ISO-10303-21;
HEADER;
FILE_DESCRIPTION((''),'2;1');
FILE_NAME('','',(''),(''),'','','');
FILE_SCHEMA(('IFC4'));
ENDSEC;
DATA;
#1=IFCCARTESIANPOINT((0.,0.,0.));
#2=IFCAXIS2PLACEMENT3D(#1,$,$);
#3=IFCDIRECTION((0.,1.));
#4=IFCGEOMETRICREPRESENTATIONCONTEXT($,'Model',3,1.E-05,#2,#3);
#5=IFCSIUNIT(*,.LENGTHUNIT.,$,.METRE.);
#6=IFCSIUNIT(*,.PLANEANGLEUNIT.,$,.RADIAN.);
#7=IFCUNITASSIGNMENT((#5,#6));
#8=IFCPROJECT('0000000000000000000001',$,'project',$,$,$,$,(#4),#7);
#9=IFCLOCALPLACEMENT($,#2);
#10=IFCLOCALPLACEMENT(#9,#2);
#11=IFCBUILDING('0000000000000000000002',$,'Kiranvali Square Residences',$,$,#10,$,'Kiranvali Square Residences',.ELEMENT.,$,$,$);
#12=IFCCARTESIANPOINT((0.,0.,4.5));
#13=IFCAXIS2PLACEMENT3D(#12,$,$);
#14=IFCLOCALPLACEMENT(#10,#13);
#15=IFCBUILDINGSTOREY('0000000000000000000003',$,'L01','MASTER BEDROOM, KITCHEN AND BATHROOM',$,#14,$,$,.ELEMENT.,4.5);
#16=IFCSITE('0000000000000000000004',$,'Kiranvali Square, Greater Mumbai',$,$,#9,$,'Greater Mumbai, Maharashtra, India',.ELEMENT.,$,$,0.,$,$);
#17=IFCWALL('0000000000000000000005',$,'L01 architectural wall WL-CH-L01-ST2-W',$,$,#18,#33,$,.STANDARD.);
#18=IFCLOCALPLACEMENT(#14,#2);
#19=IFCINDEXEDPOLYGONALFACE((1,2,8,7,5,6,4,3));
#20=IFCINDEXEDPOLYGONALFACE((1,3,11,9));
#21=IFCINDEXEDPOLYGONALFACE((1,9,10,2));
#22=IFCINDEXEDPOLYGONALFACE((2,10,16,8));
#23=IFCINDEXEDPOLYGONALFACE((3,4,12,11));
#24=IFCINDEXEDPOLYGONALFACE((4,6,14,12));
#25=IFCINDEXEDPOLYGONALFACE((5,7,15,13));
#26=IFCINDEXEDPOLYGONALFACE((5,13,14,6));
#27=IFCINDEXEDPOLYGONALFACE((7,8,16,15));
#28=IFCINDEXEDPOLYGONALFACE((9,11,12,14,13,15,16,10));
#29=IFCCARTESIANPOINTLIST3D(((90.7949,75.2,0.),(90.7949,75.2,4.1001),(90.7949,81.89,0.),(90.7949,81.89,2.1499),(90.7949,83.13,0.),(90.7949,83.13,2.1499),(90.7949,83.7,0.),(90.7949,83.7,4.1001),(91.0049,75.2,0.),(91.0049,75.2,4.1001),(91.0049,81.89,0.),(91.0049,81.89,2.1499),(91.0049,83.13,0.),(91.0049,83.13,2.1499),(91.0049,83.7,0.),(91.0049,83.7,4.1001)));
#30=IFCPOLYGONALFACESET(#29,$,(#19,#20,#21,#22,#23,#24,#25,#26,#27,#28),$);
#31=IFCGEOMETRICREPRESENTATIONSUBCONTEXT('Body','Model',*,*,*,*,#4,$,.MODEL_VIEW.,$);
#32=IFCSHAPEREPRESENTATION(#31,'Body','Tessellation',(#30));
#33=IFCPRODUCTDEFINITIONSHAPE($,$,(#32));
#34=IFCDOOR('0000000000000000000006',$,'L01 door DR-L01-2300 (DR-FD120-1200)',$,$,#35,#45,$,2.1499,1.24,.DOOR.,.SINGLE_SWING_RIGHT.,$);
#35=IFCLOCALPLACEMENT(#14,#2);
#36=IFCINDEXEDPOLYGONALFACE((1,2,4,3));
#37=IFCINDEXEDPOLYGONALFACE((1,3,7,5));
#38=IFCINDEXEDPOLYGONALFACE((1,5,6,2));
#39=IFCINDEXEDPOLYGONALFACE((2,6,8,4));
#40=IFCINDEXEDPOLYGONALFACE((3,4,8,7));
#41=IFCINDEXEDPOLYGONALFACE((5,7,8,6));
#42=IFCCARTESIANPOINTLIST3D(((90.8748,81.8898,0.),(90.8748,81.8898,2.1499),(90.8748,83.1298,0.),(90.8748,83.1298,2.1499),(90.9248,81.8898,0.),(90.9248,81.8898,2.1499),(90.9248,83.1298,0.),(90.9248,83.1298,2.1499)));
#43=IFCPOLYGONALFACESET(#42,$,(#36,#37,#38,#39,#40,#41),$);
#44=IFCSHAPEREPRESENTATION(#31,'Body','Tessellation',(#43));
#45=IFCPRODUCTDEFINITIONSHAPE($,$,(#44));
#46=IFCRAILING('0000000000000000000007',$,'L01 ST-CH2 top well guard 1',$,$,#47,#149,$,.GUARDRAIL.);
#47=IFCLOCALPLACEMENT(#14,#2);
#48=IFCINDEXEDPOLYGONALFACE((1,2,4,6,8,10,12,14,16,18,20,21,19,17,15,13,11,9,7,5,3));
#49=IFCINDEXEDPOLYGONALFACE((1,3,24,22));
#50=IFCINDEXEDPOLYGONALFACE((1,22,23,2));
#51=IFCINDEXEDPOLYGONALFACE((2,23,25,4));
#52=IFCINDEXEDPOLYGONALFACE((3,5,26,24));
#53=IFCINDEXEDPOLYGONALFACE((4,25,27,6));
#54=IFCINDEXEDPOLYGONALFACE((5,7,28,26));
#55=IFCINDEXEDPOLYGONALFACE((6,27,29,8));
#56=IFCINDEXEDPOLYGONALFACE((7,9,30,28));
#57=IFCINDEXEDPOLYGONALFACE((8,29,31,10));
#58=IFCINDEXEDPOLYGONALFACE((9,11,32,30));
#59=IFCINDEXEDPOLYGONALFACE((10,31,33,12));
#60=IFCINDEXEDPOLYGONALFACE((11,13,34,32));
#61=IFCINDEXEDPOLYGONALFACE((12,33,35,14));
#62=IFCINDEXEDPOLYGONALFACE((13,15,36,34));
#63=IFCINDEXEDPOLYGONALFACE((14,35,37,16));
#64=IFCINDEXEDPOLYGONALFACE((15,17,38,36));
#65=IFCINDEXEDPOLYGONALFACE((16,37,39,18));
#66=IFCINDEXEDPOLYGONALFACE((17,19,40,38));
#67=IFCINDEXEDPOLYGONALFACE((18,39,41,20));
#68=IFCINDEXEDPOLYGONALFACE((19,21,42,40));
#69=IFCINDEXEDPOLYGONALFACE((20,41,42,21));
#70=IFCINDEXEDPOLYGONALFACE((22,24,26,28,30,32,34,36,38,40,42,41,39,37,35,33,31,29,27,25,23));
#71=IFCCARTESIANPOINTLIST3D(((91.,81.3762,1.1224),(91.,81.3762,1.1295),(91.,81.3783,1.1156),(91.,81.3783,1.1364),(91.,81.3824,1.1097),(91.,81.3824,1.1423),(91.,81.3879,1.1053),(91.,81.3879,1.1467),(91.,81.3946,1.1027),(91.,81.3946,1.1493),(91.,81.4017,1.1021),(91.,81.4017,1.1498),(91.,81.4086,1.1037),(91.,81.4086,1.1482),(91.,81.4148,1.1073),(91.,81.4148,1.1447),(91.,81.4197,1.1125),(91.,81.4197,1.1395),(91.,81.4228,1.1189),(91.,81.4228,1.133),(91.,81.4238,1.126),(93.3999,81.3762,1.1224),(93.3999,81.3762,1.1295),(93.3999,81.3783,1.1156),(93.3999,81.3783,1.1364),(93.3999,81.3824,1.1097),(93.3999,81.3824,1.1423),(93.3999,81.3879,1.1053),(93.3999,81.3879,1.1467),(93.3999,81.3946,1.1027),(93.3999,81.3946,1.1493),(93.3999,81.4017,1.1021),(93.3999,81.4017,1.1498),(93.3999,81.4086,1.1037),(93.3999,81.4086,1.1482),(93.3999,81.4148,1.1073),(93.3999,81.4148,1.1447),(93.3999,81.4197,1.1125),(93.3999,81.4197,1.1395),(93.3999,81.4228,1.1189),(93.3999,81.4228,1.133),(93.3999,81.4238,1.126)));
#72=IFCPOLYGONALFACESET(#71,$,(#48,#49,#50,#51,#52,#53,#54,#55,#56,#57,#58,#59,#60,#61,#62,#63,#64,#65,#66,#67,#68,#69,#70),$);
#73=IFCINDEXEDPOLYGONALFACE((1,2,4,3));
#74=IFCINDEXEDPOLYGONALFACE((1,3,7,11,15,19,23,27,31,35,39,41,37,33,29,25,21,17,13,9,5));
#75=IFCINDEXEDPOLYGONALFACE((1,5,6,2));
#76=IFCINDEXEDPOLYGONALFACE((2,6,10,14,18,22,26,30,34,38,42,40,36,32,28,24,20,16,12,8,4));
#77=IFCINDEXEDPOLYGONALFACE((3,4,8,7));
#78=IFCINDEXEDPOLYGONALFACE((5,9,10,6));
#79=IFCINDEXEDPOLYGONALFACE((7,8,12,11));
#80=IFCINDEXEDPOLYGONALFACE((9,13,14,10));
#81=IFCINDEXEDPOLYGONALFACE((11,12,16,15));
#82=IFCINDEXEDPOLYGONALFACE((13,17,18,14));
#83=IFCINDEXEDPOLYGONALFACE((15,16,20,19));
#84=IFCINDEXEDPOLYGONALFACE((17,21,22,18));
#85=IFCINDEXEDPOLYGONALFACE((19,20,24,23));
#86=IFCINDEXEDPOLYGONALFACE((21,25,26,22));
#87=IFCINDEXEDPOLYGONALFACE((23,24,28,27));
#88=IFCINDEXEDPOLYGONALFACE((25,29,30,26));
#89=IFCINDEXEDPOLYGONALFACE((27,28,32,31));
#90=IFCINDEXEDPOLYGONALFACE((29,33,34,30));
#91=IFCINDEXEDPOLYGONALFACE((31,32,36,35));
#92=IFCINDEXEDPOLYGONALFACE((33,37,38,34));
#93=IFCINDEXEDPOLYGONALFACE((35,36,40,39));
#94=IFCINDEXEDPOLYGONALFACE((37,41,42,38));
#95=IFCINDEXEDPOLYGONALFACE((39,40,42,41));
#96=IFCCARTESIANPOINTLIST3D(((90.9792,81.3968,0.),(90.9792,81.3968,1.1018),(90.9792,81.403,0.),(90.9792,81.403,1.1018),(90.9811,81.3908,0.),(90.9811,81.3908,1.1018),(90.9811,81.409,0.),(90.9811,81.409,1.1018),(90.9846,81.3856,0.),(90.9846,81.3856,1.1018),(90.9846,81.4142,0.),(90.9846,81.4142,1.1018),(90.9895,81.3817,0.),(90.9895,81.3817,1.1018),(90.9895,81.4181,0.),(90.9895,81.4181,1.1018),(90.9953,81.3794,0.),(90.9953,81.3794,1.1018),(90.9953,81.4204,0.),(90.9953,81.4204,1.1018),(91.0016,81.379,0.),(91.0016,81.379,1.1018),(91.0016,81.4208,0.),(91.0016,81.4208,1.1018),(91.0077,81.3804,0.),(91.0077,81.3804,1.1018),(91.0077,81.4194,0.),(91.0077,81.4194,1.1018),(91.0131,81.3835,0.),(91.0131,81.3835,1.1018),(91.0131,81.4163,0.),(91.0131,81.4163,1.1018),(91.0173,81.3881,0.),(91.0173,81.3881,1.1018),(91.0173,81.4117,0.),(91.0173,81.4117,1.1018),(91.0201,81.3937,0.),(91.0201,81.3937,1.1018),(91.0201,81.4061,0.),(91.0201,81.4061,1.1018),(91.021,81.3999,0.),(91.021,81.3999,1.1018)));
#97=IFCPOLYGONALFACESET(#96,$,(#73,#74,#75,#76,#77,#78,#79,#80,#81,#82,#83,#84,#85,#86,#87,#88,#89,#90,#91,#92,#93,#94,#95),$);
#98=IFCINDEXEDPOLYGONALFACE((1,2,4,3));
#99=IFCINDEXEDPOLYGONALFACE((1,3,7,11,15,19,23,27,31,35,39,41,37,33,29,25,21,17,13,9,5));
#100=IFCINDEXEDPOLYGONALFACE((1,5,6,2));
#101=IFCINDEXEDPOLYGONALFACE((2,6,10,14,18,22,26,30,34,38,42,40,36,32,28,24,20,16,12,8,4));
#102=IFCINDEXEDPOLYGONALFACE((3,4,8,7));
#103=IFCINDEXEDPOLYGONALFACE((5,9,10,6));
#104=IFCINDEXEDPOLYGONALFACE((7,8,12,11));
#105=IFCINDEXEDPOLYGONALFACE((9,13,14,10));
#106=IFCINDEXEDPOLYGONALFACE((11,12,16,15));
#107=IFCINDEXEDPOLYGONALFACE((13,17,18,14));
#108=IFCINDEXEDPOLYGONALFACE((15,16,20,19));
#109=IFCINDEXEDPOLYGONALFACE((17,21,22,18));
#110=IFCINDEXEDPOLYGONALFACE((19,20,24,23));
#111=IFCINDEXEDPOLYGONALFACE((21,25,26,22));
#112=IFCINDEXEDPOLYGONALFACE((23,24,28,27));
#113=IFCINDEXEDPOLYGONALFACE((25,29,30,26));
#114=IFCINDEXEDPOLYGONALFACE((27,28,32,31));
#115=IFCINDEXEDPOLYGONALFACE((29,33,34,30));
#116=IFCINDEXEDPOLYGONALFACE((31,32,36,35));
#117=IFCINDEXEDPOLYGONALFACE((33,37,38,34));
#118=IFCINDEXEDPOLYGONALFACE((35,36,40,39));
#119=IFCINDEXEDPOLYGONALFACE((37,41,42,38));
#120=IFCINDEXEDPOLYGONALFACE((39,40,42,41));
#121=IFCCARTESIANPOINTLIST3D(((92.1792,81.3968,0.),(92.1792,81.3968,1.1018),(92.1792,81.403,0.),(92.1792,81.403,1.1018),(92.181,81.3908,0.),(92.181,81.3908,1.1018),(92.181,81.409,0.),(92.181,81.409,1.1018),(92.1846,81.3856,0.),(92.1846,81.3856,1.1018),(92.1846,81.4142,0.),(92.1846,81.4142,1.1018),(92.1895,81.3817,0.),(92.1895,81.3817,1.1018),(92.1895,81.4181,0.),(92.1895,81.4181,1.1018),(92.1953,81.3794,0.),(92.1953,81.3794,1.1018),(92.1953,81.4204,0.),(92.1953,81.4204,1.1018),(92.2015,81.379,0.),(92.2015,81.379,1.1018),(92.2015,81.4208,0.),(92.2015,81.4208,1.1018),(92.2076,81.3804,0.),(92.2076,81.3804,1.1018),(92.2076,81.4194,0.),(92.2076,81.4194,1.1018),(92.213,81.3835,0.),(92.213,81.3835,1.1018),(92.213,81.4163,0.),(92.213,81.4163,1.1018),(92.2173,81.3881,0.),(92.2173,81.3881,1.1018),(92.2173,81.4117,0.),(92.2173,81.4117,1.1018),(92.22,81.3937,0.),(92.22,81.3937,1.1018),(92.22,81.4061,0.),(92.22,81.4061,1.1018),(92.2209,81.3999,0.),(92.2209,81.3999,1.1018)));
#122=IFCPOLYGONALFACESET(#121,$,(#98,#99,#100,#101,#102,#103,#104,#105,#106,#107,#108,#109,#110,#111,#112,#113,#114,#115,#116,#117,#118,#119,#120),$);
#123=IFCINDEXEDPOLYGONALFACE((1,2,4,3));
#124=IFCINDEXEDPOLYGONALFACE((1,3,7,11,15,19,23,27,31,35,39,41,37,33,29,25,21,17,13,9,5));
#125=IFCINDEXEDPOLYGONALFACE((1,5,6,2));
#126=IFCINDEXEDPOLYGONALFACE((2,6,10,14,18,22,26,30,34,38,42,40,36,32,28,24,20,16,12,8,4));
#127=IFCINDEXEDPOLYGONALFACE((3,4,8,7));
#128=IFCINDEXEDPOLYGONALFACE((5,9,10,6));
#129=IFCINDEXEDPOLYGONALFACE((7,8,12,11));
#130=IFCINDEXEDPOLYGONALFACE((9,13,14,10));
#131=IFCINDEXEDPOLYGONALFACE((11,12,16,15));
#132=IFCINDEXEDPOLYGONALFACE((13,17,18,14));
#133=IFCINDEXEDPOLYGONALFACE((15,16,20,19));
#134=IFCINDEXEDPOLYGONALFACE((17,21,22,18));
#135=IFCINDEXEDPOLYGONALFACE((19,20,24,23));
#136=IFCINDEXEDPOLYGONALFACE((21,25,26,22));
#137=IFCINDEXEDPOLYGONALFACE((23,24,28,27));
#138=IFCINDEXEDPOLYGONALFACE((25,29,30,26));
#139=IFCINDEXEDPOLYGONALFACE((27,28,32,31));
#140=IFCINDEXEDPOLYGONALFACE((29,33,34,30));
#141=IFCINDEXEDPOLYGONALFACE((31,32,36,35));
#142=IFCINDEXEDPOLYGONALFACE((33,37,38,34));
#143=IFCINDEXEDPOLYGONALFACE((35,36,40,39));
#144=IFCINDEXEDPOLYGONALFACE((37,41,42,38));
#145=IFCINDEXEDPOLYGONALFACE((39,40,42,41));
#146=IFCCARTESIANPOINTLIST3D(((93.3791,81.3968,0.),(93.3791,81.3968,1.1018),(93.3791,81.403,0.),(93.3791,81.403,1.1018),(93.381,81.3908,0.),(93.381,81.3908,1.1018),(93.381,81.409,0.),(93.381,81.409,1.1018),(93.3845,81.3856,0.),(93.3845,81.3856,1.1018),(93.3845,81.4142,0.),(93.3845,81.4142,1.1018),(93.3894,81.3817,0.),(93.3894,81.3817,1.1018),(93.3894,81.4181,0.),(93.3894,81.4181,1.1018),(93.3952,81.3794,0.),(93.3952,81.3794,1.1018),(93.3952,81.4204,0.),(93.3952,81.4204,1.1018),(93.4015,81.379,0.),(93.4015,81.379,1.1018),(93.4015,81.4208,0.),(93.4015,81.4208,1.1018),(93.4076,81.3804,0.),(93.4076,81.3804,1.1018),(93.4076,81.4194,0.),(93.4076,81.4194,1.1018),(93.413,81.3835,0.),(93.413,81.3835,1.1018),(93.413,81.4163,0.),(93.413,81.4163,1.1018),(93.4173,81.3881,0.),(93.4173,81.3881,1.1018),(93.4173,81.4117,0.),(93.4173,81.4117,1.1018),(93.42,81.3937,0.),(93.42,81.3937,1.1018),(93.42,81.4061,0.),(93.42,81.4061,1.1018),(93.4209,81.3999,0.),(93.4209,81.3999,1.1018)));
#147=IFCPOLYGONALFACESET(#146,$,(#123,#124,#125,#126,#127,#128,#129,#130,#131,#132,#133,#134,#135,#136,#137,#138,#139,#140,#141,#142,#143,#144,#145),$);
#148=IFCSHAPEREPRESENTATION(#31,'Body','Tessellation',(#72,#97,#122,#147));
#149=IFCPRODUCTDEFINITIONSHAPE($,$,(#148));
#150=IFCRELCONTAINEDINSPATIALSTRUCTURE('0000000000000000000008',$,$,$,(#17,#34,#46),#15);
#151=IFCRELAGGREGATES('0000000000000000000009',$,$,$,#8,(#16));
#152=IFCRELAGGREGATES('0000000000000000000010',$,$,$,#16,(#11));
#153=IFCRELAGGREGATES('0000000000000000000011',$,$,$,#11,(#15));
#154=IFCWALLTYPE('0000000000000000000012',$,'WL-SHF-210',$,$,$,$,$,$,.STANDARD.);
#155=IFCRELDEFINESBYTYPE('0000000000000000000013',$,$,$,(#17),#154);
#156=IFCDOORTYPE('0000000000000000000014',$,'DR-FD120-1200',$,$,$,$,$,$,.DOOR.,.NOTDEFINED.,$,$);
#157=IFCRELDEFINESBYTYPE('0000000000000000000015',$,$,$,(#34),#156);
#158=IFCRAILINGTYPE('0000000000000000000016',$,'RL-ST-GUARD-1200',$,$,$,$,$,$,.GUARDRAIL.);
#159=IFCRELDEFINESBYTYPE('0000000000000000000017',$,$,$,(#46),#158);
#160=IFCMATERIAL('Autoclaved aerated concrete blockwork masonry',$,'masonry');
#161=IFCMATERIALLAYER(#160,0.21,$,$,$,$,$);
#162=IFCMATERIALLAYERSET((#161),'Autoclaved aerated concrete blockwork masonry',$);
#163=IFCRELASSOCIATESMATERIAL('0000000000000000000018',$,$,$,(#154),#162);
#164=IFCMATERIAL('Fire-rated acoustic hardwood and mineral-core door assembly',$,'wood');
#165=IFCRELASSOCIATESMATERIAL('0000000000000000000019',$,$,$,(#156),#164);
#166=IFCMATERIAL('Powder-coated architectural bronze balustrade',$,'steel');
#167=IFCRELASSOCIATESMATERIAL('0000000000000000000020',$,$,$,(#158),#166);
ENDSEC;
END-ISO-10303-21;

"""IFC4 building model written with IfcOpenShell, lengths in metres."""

from ifc_helpers import new_model, si_unit, direction, frame, frame_2d, origin, origin_2d, place, context, subcontext, project, spatial, rectangle, circle, extrude, material, layer, layer_set, type_object, element, fill, save


model = new_model("IFC4")

# Units and contexts
model_context = context("Model", 3, precision=1e-05, world=origin(), true_north=direction((0.0, 1.0)))
body_context = subcontext(model_context, "Body", "Model", "MODEL_VIEW")
ifc_project = project(units=[si_unit("LENGTHUNIT", "METRE"), si_unit("PLANEANGLEUNIT", "RADIAN")], contexts=[model_context])

# Site, building, storey
site_placement = place(None, origin())
site = spatial("IfcSite", under=ifc_project, at=site_placement, Name="Kiranvali Square, Greater Mumbai", LongName="Greater Mumbai, Maharashtra, India", CompositionType="ELEMENT", RefElevation=0.0)
building_placement = place(site_placement, origin())
building = spatial("IfcBuilding", under=site, at=building_placement, Name="Kiranvali Square Residences", LongName="Kiranvali Square Residences", CompositionType="ELEMENT")
storey_placement = place(building_placement, frame((0.0, 0.0, 4.5)))
storey = spatial("IfcBuildingStorey", under=building, at=storey_placement, Name="L01", Description="MASTER BEDROOM, KITCHEN AND BATHROOM", CompositionType="ELEMENT", Elevation=4.5)

# Shared definitions
ifc_material_1 = material(Name="Autoclaved aerated concrete blockwork masonry", Category="masonry")
ifc_layer_1 = layer(ifc_material_1, 0.21)
ifc_layer_set_1 = layer_set([ifc_layer_1], Name="Autoclaved aerated concrete blockwork masonry")
wall_type = type_object("IfcWallType", Name="WL-SHF-210", PredefinedType="STANDARD", material=ifc_layer_set_1)

# Wall, opening, door
wall_1_placement = place(storey_placement, frame((90.8999, 75.2, 0.0), z_axis=(0.0, 0.0, 1.0), x_axis=(0.0, 1.0, 0.0)))
wall_1 = element("IfcWall", 1, at=wall_1_placement, inside=storey, type_object=wall_type, Name="L01 architectural wall WL-CH-L01-ST2-W", PredefinedType="STANDARD", context=body_context, shape_type="SweptSolid", body=[
    extrude(rectangle(XDim=8.5, YDim=0.21, at=frame_2d((4.25, 0.0))), origin(), (0.0, 0.0, 1.0), 4.1001),
])
opening_placement = place(wall_1_placement, frame((6.6899, 0.0, 0.0)))
opening = element("IfcOpeningElement", 2, at=opening_placement, cuts=wall_1, PredefinedType="OPENING", context=body_context, shape_type="SweptSolid", body=[
    extrude(rectangle(XDim=1.24, YDim=2.1499, at=frame_2d((0.6201, 1.075))), frame((0.0, 0.115, 0.0), z_axis=(0.0, -1.0, 0.0), x_axis=(1.0, 0.0, 0.0)), (0.0, 0.0, 1.0), 0.23),
])
ifc_material_2 = material(Name="Fire-rated acoustic hardwood and mineral-core door assembly", Category="wood")
door_type = type_object("IfcDoorType", Name="DR-FD120-1200", OperationType="NOTDEFINED", PredefinedType="DOOR", material=ifc_material_2)
door_placement = place(opening_placement, frame((1.24, 0.0, 0.0), z_axis=(0.0, 0.0, 1.0), x_axis=(-1.0, 0.0, 0.0)))
door = element("IfcDoor", 3, at=door_placement, inside=storey, type_object=door_type, Name="L01 door DR-L01-2300 (DR-FD120-1200)", OperationType="SINGLE_SWING_RIGHT", OverallHeight=2.1499, OverallWidth=1.24, PredefinedType="DOOR", context=body_context, shape_type="SweptSolid", body=[
    extrude(rectangle(XDim=1.24, YDim=2.1499, at=frame_2d((0.6201, 1.075))), frame((0.0, 0.0249, 0.0), z_axis=(0.0, -1.0, 0.0), x_axis=(1.0, 0.0, 0.0)), (0.0, 0.0, 1.0), 0.05),
])
fill(opening, door)

# Railing
ifc_material_3 = material(Name="Powder-coated architectural bronze balustrade", Category="steel")
railing_type = type_object("IfcRailingType", Name="RL-ST-GUARD-1200", PredefinedType="GUARDRAIL", material=ifc_material_3)
railing_placement = place(storey_placement, frame((91.0, 81.3999, 0.0)))
element("IfcRailing", 4, at=railing_placement, inside=storey, type_object=railing_type, Name="L01 ST-CH2 top well guard 1", PredefinedType="GUARDRAIL", context=body_context, shape_type="SweptSolid", body=[
    extrude(circle(Radius=0.0239, at=origin_2d()), frame((0.0, 0.0, 1.126), z_axis=(1.0, 0.0, 0.0), x_axis=(0.0, 1.0, 0.0)), (0.0, 0.0, 1.0), 2.3999),
    extrude(circle(Radius=0.021, at=origin_2d()), origin(), (0.0, 0.0, 1.0), 1.1018),
    extrude(circle(Radius=0.021, at=origin_2d()), frame((1.2, 0.0, 0.0)), (0.0, 0.0, 1.0), 1.1018),
    extrude(circle(Radius=0.021, at=origin_2d()), frame((2.3999, 0.0, 0.0)), (0.0, 0.0, 1.0), 1.1018),
])

save(model, "model.ifc")
